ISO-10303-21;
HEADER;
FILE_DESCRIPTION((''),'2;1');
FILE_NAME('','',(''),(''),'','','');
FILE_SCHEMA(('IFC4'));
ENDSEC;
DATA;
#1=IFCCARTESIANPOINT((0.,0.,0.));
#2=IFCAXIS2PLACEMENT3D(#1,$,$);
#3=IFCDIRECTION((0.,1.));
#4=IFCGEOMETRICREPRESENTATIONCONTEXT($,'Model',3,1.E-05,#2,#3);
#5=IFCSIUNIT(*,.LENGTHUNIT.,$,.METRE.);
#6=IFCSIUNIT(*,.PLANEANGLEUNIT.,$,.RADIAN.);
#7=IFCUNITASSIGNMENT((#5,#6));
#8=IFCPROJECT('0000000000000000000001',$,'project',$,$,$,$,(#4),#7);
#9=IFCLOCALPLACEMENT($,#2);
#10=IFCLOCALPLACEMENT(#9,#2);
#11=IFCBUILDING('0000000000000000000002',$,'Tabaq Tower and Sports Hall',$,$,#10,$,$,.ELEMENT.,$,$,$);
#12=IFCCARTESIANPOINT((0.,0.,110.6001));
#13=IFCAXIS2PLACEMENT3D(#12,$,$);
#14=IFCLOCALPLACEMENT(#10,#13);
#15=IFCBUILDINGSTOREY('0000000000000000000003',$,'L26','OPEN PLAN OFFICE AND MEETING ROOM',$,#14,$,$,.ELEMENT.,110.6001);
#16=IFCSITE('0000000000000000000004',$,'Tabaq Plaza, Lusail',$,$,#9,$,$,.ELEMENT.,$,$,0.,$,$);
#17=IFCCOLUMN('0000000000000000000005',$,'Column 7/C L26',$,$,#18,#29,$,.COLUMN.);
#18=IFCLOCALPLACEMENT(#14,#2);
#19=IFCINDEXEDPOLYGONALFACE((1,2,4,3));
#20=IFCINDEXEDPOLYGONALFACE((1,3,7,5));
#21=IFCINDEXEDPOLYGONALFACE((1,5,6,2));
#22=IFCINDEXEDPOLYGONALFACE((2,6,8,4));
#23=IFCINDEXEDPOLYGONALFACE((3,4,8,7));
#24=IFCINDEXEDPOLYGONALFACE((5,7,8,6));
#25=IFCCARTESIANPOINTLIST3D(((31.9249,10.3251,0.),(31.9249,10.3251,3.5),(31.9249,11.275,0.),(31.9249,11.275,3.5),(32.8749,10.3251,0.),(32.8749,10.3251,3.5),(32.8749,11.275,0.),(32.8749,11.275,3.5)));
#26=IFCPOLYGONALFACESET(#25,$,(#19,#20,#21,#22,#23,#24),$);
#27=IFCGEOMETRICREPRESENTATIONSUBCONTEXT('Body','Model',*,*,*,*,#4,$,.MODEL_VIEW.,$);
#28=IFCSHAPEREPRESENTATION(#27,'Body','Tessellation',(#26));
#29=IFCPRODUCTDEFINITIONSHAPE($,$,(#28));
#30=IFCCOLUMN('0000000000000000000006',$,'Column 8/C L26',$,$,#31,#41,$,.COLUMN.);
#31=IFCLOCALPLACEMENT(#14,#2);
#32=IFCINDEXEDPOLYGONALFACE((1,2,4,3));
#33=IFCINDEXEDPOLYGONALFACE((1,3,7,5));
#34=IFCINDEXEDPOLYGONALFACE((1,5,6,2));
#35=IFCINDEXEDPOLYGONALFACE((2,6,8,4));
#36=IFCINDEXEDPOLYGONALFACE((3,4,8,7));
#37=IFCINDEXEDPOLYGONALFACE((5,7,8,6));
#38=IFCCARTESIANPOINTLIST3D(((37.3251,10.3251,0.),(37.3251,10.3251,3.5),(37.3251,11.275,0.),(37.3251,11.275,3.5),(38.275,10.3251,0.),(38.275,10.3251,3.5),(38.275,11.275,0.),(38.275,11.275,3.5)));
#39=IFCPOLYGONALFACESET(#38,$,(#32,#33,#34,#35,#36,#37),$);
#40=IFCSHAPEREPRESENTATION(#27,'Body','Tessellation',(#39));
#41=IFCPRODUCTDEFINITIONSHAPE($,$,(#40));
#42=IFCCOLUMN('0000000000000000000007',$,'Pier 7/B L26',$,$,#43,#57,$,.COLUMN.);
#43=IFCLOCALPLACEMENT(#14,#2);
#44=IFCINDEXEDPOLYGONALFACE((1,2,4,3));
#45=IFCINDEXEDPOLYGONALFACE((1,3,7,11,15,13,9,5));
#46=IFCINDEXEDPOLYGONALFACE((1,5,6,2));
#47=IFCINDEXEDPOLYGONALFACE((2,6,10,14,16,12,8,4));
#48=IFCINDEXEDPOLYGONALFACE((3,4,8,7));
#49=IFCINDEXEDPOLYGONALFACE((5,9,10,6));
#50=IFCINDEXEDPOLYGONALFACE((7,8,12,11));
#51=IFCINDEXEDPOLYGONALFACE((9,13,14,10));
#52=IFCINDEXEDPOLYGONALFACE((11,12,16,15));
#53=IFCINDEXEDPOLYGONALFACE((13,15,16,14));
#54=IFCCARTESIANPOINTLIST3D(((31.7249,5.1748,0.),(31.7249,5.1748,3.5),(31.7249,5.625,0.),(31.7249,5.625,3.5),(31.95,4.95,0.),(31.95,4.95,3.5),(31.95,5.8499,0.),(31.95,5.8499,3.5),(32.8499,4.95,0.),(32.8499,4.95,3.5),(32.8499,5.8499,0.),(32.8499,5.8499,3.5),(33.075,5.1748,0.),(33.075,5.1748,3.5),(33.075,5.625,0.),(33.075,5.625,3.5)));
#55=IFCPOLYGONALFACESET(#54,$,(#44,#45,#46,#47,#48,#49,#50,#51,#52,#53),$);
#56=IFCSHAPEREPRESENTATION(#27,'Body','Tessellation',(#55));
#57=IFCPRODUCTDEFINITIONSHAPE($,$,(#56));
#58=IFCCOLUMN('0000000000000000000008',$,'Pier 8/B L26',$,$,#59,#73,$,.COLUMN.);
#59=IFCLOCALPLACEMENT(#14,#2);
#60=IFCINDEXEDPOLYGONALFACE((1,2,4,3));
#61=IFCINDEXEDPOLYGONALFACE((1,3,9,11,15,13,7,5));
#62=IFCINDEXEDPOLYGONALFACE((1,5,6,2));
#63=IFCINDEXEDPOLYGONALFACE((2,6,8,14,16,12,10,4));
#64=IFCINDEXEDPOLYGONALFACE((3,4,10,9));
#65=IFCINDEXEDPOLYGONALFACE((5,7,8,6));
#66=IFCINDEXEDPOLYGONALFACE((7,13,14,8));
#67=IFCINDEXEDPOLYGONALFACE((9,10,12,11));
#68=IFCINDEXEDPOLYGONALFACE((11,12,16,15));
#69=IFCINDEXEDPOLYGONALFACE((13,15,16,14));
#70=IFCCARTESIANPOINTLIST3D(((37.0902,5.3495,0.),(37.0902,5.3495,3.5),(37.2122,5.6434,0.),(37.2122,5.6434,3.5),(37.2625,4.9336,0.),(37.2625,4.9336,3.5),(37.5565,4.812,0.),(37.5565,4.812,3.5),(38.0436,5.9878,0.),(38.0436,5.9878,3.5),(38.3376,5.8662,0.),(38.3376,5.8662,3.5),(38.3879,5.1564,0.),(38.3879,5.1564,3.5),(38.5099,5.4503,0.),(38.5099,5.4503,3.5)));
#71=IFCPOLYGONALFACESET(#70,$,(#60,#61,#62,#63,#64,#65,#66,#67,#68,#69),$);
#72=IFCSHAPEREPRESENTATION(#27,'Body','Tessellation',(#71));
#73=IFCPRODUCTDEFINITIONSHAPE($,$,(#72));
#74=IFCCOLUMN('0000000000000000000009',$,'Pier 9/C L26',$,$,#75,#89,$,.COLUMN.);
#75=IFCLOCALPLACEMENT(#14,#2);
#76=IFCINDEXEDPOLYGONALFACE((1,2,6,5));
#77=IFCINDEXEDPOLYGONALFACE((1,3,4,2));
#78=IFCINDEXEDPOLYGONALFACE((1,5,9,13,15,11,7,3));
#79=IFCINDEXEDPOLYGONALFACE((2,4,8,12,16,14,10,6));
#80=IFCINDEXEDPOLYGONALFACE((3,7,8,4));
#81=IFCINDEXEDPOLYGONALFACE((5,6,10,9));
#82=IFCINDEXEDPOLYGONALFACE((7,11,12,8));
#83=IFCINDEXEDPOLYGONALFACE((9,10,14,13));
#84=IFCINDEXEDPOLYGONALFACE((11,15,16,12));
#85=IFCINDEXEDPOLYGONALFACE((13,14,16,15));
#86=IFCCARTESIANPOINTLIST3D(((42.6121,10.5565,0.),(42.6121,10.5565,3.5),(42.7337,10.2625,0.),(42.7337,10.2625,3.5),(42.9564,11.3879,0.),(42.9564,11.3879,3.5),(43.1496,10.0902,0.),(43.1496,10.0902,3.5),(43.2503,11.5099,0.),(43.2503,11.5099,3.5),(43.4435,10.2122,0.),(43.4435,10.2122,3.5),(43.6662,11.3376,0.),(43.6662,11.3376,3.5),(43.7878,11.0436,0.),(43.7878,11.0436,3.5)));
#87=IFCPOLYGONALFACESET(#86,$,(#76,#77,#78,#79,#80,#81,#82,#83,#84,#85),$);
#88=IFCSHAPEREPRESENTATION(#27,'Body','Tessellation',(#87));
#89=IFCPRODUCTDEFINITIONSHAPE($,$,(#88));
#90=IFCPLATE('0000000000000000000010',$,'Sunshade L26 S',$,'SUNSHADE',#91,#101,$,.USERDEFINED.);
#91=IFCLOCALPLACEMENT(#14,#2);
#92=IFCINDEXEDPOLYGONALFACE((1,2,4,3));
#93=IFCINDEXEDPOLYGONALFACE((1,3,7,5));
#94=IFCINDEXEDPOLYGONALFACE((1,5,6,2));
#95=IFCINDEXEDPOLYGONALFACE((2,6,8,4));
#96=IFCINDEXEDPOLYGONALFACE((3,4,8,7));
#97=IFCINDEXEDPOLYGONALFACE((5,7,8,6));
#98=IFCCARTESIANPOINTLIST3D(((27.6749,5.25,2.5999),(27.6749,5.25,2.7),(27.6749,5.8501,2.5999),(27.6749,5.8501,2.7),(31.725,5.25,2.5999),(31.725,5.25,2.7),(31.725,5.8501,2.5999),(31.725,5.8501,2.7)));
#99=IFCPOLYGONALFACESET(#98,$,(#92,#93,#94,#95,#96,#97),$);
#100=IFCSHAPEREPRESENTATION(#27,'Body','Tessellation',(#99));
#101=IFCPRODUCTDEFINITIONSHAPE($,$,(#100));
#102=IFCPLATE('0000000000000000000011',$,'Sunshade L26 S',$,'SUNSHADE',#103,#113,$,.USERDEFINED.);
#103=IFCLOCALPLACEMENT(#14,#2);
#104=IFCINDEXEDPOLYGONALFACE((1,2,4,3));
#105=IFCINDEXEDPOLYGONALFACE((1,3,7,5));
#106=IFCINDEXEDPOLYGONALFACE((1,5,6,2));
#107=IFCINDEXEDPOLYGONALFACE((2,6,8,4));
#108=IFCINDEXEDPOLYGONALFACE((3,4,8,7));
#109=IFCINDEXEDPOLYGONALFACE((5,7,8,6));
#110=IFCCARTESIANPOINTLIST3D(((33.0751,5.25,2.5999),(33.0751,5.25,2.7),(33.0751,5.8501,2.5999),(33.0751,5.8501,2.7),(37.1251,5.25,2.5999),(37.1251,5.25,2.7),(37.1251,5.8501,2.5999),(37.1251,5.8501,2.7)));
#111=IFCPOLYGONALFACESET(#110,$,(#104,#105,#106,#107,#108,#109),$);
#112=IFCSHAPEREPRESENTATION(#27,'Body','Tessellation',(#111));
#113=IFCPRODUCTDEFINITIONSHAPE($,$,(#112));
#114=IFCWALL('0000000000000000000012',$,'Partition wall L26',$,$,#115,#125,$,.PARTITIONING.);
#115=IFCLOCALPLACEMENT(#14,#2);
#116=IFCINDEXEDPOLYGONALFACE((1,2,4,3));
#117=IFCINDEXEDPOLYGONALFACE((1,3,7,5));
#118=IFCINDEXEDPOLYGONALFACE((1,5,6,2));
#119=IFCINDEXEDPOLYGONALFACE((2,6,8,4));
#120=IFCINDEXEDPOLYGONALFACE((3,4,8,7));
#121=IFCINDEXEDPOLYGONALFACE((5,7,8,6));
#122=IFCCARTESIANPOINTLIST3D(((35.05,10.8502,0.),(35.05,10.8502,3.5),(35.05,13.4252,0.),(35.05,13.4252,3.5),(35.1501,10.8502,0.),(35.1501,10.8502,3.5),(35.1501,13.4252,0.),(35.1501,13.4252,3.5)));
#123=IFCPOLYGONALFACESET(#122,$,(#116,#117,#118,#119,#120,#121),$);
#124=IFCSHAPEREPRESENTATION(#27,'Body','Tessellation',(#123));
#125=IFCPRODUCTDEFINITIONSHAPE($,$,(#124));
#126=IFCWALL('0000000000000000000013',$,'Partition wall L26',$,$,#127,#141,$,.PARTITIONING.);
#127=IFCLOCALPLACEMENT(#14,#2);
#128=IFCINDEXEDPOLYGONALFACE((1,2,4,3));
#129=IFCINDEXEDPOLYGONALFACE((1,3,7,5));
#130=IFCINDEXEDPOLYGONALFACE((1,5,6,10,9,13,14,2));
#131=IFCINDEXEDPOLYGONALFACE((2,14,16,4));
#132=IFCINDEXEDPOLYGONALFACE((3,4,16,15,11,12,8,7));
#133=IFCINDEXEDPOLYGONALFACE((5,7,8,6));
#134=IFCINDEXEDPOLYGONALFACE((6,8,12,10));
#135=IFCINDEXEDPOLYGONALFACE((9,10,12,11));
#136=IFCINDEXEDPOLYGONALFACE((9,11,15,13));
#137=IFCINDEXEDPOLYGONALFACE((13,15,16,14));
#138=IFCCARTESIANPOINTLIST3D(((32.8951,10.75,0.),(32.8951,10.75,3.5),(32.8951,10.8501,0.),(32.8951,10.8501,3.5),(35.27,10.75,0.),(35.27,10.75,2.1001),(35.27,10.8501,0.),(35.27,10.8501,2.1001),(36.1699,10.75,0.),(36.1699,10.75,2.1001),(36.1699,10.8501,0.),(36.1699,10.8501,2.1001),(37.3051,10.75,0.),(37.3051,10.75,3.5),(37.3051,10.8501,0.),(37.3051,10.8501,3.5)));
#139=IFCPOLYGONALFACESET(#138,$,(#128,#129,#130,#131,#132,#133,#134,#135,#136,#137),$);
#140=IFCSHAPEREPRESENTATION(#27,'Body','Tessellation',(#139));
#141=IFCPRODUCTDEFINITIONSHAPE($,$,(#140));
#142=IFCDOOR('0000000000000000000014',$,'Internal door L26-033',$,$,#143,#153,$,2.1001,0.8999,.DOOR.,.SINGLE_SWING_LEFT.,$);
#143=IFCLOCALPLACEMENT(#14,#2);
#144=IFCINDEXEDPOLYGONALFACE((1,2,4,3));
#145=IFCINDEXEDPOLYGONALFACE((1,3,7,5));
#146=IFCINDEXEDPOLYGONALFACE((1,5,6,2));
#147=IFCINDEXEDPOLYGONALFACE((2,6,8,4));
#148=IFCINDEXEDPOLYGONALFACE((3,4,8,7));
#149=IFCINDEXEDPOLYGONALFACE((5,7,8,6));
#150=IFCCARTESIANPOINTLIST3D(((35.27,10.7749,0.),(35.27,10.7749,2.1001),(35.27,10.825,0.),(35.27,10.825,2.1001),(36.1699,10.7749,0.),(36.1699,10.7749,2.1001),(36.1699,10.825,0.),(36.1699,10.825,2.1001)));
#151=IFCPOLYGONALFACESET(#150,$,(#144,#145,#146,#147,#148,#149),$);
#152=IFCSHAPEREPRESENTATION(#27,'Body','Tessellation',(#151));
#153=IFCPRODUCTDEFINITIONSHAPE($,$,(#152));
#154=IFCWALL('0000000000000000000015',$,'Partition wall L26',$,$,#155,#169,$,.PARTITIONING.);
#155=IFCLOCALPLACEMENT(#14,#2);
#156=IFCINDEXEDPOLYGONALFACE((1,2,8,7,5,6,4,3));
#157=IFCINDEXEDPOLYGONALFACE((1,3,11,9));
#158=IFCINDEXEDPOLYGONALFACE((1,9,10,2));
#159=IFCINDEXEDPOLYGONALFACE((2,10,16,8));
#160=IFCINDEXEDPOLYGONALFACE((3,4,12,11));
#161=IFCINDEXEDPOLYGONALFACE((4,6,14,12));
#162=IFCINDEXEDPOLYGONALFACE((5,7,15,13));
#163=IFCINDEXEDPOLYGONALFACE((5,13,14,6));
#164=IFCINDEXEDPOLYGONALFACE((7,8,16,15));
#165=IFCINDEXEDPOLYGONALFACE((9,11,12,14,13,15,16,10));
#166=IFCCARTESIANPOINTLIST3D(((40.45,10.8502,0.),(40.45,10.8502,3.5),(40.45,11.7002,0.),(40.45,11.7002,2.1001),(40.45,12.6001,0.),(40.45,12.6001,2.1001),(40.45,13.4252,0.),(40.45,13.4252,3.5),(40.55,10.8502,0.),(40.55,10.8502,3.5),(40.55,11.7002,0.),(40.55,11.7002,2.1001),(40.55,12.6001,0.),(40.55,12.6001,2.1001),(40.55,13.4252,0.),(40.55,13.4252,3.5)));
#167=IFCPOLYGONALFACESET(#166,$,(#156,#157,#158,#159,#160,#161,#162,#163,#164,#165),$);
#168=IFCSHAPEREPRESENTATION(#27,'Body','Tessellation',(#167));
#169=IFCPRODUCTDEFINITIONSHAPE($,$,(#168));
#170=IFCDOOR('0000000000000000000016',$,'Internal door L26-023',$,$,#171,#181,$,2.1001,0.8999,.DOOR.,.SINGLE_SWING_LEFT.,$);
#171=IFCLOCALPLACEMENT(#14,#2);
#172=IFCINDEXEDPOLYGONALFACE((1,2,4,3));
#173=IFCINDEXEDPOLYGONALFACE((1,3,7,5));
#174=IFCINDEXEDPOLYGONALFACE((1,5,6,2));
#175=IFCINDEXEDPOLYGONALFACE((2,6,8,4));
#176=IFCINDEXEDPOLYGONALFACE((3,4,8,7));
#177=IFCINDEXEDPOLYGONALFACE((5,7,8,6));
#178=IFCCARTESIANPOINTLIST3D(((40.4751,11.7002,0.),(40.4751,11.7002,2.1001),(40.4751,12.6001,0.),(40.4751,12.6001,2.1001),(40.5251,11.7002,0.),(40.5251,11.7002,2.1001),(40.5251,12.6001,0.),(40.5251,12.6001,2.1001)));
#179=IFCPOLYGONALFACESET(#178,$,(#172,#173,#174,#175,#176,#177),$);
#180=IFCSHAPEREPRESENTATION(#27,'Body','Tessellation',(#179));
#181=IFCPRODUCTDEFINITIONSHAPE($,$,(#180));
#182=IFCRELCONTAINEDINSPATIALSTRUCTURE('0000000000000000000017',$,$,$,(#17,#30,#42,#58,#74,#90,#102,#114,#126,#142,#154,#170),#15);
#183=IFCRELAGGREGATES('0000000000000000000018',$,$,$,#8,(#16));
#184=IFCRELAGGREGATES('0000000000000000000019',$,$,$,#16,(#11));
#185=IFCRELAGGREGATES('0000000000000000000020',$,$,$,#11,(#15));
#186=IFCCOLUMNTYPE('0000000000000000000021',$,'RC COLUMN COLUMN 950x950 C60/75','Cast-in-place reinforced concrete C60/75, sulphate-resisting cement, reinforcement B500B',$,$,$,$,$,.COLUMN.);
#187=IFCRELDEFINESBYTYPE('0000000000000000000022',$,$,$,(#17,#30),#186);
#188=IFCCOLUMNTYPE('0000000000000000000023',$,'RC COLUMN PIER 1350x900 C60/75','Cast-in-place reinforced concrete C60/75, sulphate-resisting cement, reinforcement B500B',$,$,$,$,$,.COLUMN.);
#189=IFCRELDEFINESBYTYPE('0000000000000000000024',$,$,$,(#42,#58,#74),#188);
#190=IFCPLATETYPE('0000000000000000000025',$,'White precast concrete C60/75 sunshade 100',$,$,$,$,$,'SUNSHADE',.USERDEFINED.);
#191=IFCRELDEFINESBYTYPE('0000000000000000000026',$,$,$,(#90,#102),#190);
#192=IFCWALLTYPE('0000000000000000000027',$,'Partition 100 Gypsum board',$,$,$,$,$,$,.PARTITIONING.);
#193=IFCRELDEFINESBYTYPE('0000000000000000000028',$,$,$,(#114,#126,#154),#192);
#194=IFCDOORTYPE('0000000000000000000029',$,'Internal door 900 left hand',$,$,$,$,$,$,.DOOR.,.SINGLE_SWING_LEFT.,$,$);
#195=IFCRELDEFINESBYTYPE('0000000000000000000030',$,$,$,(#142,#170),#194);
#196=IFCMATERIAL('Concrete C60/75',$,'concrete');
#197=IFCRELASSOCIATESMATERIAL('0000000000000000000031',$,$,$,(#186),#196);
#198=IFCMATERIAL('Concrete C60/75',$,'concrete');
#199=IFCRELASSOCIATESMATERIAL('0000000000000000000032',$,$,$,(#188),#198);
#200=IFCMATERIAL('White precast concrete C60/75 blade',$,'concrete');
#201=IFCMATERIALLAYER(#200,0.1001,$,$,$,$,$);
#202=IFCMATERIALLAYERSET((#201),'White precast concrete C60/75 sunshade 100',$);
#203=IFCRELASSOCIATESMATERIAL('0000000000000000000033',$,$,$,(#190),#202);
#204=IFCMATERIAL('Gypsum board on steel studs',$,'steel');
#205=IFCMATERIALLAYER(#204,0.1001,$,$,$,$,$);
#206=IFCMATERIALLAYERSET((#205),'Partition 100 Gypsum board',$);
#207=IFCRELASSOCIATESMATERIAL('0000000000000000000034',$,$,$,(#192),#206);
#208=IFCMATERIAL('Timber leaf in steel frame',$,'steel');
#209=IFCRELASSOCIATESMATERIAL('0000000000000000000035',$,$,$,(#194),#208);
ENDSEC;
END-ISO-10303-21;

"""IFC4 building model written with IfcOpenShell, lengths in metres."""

from ifc_helpers import new_model, si_unit, direction, frame, frame_2d, origin, origin_2d, place, context, subcontext, project, spatial, polyline, rectangle, outline, extrude, material, layer, layer_set, material_profile, profile_set, type_object, element, fill, save


model = new_model("IFC4")

# Units and contexts
model_context = context("Model", 3, precision=1e-05, world=origin(), true_north=direction((0.0, 1.0)))
body_context = subcontext(model_context, "Body", "Model", "MODEL_VIEW")
ifc_project = project(units=[si_unit("LENGTHUNIT", "METRE"), si_unit("PLANEANGLEUNIT", "RADIAN")], contexts=[model_context])

# Site, building, storey
site_placement = place(None, origin())
site = spatial("IfcSite", under=ifc_project, at=site_placement, Name="Tabaq Plaza, Lusail", CompositionType="ELEMENT", RefElevation=0.0)
building_placement = place(site_placement, origin())
building = spatial("IfcBuilding", under=site, at=building_placement, Name="Tabaq Tower and Sports Hall", CompositionType="ELEMENT")
storey_placement = place(building_placement, frame((0.0, 0.0, 110.6001)))
storey = spatial("IfcBuildingStorey", under=building, at=storey_placement, Name="L26", Description="OPEN PLAN OFFICE AND MEETING ROOM", CompositionType="ELEMENT", Elevation=110.6001)

# Columns
ifc_material_1 = material(Name="Concrete C60/75", Category="concrete")
ifc_material_profile_1 = material_profile(ifc_material_1, rectangle(XDim=0.95, YDim=0.95, at=origin_2d()), Name="COLUMN 950x950")
ifc_profile_set_1 = profile_set([ifc_material_profile_1], Name="Concrete C60/75")
column_type_1 = type_object("IfcColumnType", Name="RC COLUMN COLUMN 950x950 C60/75", Description="Cast-in-place reinforced concrete C60/75, sulphate-resisting cement, reinforcement B500B", PredefinedType="COLUMN", material=ifc_profile_set_1)
for number, where, z_axis, x_axis, name in (
    (1, (32.3999, 10.8, 0.0), (0.0, 0.0, 1.0), (1.0, 0.0, 0.0), "Column 7/C L26"),
    (2, (37.8, 10.8, 0.0), (0.0, 0.0, 1.0), (1.0, 0.0, 0.0), "Column 8/C L26"),
):
    element("IfcColumn", number, at=place(storey_placement, frame(where, z_axis=z_axis, x_axis=x_axis)), inside=storey, type_object=column_type_1, Name=name, PredefinedType="COLUMN", context=body_context, shape_type="SweptSolid", body=[
        extrude(rectangle(XDim=0.95, YDim=0.95, at=origin_2d()), origin(), (0.0, 0.0, 1.0), 3.5),
    ])
ifc_material_2 = material(Name="Concrete C60/75", Category="concrete")
ifc_material_profile_2 = material_profile(ifc_material_2, outline(polyline([(-0.45, -0.45), (0.45, -0.45), (0.675, -0.2251), (0.675, 0.2251), (0.45, 0.45), (-0.45, 0.45), (-0.675, 0.2251), (-0.675, -0.2251), (-0.45, -0.45)])), Name="PIER 1350x900")
ifc_profile_set_2 = profile_set([ifc_material_profile_2], Name="Concrete C60/75")
column_type_2 = type_object("IfcColumnType", Name="RC COLUMN PIER 1350x900 C60/75", Description="Cast-in-place reinforced concrete C60/75, sulphate-resisting cement, reinforcement B500B", PredefinedType="COLUMN", material=ifc_profile_set_2)
for number, where, z_axis, x_axis, name in (
    (3, (32.3999, 5.3999, 0.0), (0.0, 0.0, 1.0), (1.0, 0.0, 0.0), "Pier 7/B L26"),
    (4, (37.8, 5.3999, 0.0), (0.0, 0.0, 1.0), (0.92388, 0.382683, 0.0), "Pier 8/B L26"),
    (5, (43.2, 10.8, 0.0), (0.0, 0.0, 1.0), (0.382683, 0.92388, 0.0), "Pier 9/C L26"),
):
    element("IfcColumn", number, at=place(storey_placement, frame(where, z_axis=z_axis, x_axis=x_axis)), inside=storey, type_object=column_type_2, Name=name, PredefinedType="COLUMN", context=body_context, shape_type="SweptSolid", body=[
        extrude(outline(polyline([(-0.45, -0.45), (0.45, -0.45), (0.675, -0.2251), (0.675, 0.2251), (0.45, 0.45), (-0.45, 0.45), (-0.675, 0.2251), (-0.675, -0.2251), (-0.45, -0.45)])), origin(), (0.0, 0.0, 1.0), 3.5),
    ])

# Plates
ifc_material_3 = material(Name="White precast concrete C60/75 blade", Category="concrete")
ifc_layer_1 = layer(ifc_material_3, 0.1001)
ifc_layer_set_1 = layer_set([ifc_layer_1], Name="White precast concrete C60/75 sunshade 100")
plate_type = type_object("IfcPlateType", Name="White precast concrete C60/75 sunshade 100", ElementType="SUNSHADE", PredefinedType="USERDEFINED", material=ifc_layer_set_1)
for number, where, z_axis, x_axis, name in (
    (6, (29.7, 5.55, 2.5999), (0.0, 0.0, 1.0), (1.0, 0.0, 0.0), "Sunshade L26 S"),
    (7, (35.1001, 5.55, 2.5999), (0.0, 0.0, 1.0), (1.0, 0.0, 0.0), "Sunshade L26 S"),
):
    element("IfcPlate", number, at=place(storey_placement, frame(where, z_axis=z_axis, x_axis=x_axis)), inside=storey, type_object=plate_type, Name=name, ObjectType="SUNSHADE", PredefinedType="USERDEFINED", context=body_context, shape_type="SweptSolid", body=[
        extrude(rectangle(XDim=4.05, YDim=0.6001, at=origin_2d()), origin(), (0.0, 0.0, 1.0), 0.1001),
    ])

# Wall
ifc_material_4 = material(Name="Gypsum board on steel studs", Category="steel")
ifc_layer_2 = layer(ifc_material_4, 0.1001)
ifc_layer_set_2 = layer_set([ifc_layer_2], Name="Partition 100 Gypsum board")
wall_type_1 = type_object("IfcWallType", Name="Partition 100 Gypsum board", PredefinedType="PARTITIONING", material=ifc_layer_set_2)
wall_1_placement = place(storey_placement, frame((35.1001, 10.8501, 0.0), z_axis=(0.0, 0.0, 1.0), x_axis=(0.0, 1.0, 0.0)))
element("IfcWall", 8, at=wall_1_placement, inside=storey, type_object=wall_type_1, Name="Partition wall L26", PredefinedType="PARTITIONING", context=body_context, shape_type="SweptSolid", body=[
    extrude(rectangle(XDim=2.575, YDim=0.1001, at=frame_2d((1.2876, 0.0))), origin(), (0.0, 0.0, 1.0), 3.5),
])

# Walls, openings, doors
wall_2_placement = place(storey_placement, frame((32.895, 10.8, 0.0), z_axis=(0.0, 0.0, 1.0), x_axis=(1.0, 0.0, 0.0)))
wall_2 = element("IfcWall", 9, at=wall_2_placement, inside=storey, type_object=wall_type_1, Name="Partition wall L26", PredefinedType="PARTITIONING", context=body_context, shape_type="SweptSolid", body=[
    extrude(rectangle(XDim=4.4099, YDim=0.1001, at=frame_2d((2.2051, 0.0))), origin(), (0.0, 0.0, 1.0), 3.5),
])
opening_1_placement = place(wall_2_placement, frame((2.375, 0.0, 0.0)))
opening_1 = element("IfcOpeningElement", 10, at=opening_1_placement, cuts=wall_2, PredefinedType="OPENING", context=body_context, shape_type="SweptSolid", body=[
    extrude(rectangle(XDim=0.8999, YDim=2.1001, at=frame_2d((0.45, 1.05))), frame((0.0, 0.05, 0.0), z_axis=(0.0, -1.0, 0.0), x_axis=(1.0, 0.0, 0.0)), (0.0, 0.0, 1.0), 0.1001),
])
ifc_material_5 = material(Name="Timber leaf in steel frame", Category="steel")
door_type = type_object("IfcDoorType", Name="Internal door 900 left hand", OperationType="SINGLE_SWING_LEFT", PredefinedType="DOOR", material=ifc_material_5)
door_1_placement = place(opening_1_placement, origin())
door_1 = element("IfcDoor", 11, at=door_1_placement, inside=storey, type_object=door_type, Name="Internal door L26-033", OperationType="SINGLE_SWING_LEFT", OverallHeight=2.1001, OverallWidth=0.8999, PredefinedType="DOOR", context=body_context, shape_type="SweptSolid", body=[
    extrude(rectangle(XDim=0.8999, YDim=2.1001, at=frame_2d((0.45, 1.05))), frame((0.0, 0.0249, 0.0), z_axis=(0.0, -1.0, 0.0), x_axis=(1.0, 0.0, 0.0)), (0.0, 0.0, 1.0), 0.05),
])
fill(opening_1, door_1)
wall_3_placement = place(storey_placement, frame((40.5, 10.8501, 0.0), z_axis=(0.0, 0.0, 1.0), x_axis=(0.0, 1.0, 0.0)))
wall_3 = element("IfcWall", 12, at=wall_3_placement, inside=storey, type_object=wall_type_1, Name="Partition wall L26", PredefinedType="PARTITIONING", context=body_context, shape_type="SweptSolid", body=[
    extrude(rectangle(XDim=2.575, YDim=0.1001, at=frame_2d((1.2876, 0.0))), origin(), (0.0, 0.0, 1.0), 3.5),
])
opening_2_placement = place(wall_3_placement, frame((0.8501, 0.0, 0.0)))
opening_2 = element("IfcOpeningElement", 13, at=opening_2_placement, cuts=wall_3, PredefinedType="OPENING", context=body_context, shape_type="SweptSolid", body=[
    extrude(rectangle(XDim=0.8999, YDim=2.1001, at=frame_2d((0.45, 1.05))), frame((0.0, 0.05, 0.0), z_axis=(0.0, -1.0, 0.0), x_axis=(1.0, 0.0, 0.0)), (0.0, 0.0, 1.0), 0.1001),
])
door_2_placement = place(opening_2_placement, origin())
door_2 = element("IfcDoor", 14, at=door_2_placement, inside=storey, type_object=door_type, Name="Internal door L26-023", OperationType="SINGLE_SWING_LEFT", OverallHeight=2.1001, OverallWidth=0.8999, PredefinedType="DOOR", context=body_context, shape_type="SweptSolid", body=[
    extrude(rectangle(XDim=0.8999, YDim=2.1001, at=frame_2d((0.45, 1.05))), frame((0.0, 0.0249, 0.0), z_axis=(0.0, -1.0, 0.0), x_axis=(1.0, 0.0, 0.0)), (0.0, 0.0, 1.0), 0.05),
])
fill(opening_2, door_2)

save(model, "model.ifc")
